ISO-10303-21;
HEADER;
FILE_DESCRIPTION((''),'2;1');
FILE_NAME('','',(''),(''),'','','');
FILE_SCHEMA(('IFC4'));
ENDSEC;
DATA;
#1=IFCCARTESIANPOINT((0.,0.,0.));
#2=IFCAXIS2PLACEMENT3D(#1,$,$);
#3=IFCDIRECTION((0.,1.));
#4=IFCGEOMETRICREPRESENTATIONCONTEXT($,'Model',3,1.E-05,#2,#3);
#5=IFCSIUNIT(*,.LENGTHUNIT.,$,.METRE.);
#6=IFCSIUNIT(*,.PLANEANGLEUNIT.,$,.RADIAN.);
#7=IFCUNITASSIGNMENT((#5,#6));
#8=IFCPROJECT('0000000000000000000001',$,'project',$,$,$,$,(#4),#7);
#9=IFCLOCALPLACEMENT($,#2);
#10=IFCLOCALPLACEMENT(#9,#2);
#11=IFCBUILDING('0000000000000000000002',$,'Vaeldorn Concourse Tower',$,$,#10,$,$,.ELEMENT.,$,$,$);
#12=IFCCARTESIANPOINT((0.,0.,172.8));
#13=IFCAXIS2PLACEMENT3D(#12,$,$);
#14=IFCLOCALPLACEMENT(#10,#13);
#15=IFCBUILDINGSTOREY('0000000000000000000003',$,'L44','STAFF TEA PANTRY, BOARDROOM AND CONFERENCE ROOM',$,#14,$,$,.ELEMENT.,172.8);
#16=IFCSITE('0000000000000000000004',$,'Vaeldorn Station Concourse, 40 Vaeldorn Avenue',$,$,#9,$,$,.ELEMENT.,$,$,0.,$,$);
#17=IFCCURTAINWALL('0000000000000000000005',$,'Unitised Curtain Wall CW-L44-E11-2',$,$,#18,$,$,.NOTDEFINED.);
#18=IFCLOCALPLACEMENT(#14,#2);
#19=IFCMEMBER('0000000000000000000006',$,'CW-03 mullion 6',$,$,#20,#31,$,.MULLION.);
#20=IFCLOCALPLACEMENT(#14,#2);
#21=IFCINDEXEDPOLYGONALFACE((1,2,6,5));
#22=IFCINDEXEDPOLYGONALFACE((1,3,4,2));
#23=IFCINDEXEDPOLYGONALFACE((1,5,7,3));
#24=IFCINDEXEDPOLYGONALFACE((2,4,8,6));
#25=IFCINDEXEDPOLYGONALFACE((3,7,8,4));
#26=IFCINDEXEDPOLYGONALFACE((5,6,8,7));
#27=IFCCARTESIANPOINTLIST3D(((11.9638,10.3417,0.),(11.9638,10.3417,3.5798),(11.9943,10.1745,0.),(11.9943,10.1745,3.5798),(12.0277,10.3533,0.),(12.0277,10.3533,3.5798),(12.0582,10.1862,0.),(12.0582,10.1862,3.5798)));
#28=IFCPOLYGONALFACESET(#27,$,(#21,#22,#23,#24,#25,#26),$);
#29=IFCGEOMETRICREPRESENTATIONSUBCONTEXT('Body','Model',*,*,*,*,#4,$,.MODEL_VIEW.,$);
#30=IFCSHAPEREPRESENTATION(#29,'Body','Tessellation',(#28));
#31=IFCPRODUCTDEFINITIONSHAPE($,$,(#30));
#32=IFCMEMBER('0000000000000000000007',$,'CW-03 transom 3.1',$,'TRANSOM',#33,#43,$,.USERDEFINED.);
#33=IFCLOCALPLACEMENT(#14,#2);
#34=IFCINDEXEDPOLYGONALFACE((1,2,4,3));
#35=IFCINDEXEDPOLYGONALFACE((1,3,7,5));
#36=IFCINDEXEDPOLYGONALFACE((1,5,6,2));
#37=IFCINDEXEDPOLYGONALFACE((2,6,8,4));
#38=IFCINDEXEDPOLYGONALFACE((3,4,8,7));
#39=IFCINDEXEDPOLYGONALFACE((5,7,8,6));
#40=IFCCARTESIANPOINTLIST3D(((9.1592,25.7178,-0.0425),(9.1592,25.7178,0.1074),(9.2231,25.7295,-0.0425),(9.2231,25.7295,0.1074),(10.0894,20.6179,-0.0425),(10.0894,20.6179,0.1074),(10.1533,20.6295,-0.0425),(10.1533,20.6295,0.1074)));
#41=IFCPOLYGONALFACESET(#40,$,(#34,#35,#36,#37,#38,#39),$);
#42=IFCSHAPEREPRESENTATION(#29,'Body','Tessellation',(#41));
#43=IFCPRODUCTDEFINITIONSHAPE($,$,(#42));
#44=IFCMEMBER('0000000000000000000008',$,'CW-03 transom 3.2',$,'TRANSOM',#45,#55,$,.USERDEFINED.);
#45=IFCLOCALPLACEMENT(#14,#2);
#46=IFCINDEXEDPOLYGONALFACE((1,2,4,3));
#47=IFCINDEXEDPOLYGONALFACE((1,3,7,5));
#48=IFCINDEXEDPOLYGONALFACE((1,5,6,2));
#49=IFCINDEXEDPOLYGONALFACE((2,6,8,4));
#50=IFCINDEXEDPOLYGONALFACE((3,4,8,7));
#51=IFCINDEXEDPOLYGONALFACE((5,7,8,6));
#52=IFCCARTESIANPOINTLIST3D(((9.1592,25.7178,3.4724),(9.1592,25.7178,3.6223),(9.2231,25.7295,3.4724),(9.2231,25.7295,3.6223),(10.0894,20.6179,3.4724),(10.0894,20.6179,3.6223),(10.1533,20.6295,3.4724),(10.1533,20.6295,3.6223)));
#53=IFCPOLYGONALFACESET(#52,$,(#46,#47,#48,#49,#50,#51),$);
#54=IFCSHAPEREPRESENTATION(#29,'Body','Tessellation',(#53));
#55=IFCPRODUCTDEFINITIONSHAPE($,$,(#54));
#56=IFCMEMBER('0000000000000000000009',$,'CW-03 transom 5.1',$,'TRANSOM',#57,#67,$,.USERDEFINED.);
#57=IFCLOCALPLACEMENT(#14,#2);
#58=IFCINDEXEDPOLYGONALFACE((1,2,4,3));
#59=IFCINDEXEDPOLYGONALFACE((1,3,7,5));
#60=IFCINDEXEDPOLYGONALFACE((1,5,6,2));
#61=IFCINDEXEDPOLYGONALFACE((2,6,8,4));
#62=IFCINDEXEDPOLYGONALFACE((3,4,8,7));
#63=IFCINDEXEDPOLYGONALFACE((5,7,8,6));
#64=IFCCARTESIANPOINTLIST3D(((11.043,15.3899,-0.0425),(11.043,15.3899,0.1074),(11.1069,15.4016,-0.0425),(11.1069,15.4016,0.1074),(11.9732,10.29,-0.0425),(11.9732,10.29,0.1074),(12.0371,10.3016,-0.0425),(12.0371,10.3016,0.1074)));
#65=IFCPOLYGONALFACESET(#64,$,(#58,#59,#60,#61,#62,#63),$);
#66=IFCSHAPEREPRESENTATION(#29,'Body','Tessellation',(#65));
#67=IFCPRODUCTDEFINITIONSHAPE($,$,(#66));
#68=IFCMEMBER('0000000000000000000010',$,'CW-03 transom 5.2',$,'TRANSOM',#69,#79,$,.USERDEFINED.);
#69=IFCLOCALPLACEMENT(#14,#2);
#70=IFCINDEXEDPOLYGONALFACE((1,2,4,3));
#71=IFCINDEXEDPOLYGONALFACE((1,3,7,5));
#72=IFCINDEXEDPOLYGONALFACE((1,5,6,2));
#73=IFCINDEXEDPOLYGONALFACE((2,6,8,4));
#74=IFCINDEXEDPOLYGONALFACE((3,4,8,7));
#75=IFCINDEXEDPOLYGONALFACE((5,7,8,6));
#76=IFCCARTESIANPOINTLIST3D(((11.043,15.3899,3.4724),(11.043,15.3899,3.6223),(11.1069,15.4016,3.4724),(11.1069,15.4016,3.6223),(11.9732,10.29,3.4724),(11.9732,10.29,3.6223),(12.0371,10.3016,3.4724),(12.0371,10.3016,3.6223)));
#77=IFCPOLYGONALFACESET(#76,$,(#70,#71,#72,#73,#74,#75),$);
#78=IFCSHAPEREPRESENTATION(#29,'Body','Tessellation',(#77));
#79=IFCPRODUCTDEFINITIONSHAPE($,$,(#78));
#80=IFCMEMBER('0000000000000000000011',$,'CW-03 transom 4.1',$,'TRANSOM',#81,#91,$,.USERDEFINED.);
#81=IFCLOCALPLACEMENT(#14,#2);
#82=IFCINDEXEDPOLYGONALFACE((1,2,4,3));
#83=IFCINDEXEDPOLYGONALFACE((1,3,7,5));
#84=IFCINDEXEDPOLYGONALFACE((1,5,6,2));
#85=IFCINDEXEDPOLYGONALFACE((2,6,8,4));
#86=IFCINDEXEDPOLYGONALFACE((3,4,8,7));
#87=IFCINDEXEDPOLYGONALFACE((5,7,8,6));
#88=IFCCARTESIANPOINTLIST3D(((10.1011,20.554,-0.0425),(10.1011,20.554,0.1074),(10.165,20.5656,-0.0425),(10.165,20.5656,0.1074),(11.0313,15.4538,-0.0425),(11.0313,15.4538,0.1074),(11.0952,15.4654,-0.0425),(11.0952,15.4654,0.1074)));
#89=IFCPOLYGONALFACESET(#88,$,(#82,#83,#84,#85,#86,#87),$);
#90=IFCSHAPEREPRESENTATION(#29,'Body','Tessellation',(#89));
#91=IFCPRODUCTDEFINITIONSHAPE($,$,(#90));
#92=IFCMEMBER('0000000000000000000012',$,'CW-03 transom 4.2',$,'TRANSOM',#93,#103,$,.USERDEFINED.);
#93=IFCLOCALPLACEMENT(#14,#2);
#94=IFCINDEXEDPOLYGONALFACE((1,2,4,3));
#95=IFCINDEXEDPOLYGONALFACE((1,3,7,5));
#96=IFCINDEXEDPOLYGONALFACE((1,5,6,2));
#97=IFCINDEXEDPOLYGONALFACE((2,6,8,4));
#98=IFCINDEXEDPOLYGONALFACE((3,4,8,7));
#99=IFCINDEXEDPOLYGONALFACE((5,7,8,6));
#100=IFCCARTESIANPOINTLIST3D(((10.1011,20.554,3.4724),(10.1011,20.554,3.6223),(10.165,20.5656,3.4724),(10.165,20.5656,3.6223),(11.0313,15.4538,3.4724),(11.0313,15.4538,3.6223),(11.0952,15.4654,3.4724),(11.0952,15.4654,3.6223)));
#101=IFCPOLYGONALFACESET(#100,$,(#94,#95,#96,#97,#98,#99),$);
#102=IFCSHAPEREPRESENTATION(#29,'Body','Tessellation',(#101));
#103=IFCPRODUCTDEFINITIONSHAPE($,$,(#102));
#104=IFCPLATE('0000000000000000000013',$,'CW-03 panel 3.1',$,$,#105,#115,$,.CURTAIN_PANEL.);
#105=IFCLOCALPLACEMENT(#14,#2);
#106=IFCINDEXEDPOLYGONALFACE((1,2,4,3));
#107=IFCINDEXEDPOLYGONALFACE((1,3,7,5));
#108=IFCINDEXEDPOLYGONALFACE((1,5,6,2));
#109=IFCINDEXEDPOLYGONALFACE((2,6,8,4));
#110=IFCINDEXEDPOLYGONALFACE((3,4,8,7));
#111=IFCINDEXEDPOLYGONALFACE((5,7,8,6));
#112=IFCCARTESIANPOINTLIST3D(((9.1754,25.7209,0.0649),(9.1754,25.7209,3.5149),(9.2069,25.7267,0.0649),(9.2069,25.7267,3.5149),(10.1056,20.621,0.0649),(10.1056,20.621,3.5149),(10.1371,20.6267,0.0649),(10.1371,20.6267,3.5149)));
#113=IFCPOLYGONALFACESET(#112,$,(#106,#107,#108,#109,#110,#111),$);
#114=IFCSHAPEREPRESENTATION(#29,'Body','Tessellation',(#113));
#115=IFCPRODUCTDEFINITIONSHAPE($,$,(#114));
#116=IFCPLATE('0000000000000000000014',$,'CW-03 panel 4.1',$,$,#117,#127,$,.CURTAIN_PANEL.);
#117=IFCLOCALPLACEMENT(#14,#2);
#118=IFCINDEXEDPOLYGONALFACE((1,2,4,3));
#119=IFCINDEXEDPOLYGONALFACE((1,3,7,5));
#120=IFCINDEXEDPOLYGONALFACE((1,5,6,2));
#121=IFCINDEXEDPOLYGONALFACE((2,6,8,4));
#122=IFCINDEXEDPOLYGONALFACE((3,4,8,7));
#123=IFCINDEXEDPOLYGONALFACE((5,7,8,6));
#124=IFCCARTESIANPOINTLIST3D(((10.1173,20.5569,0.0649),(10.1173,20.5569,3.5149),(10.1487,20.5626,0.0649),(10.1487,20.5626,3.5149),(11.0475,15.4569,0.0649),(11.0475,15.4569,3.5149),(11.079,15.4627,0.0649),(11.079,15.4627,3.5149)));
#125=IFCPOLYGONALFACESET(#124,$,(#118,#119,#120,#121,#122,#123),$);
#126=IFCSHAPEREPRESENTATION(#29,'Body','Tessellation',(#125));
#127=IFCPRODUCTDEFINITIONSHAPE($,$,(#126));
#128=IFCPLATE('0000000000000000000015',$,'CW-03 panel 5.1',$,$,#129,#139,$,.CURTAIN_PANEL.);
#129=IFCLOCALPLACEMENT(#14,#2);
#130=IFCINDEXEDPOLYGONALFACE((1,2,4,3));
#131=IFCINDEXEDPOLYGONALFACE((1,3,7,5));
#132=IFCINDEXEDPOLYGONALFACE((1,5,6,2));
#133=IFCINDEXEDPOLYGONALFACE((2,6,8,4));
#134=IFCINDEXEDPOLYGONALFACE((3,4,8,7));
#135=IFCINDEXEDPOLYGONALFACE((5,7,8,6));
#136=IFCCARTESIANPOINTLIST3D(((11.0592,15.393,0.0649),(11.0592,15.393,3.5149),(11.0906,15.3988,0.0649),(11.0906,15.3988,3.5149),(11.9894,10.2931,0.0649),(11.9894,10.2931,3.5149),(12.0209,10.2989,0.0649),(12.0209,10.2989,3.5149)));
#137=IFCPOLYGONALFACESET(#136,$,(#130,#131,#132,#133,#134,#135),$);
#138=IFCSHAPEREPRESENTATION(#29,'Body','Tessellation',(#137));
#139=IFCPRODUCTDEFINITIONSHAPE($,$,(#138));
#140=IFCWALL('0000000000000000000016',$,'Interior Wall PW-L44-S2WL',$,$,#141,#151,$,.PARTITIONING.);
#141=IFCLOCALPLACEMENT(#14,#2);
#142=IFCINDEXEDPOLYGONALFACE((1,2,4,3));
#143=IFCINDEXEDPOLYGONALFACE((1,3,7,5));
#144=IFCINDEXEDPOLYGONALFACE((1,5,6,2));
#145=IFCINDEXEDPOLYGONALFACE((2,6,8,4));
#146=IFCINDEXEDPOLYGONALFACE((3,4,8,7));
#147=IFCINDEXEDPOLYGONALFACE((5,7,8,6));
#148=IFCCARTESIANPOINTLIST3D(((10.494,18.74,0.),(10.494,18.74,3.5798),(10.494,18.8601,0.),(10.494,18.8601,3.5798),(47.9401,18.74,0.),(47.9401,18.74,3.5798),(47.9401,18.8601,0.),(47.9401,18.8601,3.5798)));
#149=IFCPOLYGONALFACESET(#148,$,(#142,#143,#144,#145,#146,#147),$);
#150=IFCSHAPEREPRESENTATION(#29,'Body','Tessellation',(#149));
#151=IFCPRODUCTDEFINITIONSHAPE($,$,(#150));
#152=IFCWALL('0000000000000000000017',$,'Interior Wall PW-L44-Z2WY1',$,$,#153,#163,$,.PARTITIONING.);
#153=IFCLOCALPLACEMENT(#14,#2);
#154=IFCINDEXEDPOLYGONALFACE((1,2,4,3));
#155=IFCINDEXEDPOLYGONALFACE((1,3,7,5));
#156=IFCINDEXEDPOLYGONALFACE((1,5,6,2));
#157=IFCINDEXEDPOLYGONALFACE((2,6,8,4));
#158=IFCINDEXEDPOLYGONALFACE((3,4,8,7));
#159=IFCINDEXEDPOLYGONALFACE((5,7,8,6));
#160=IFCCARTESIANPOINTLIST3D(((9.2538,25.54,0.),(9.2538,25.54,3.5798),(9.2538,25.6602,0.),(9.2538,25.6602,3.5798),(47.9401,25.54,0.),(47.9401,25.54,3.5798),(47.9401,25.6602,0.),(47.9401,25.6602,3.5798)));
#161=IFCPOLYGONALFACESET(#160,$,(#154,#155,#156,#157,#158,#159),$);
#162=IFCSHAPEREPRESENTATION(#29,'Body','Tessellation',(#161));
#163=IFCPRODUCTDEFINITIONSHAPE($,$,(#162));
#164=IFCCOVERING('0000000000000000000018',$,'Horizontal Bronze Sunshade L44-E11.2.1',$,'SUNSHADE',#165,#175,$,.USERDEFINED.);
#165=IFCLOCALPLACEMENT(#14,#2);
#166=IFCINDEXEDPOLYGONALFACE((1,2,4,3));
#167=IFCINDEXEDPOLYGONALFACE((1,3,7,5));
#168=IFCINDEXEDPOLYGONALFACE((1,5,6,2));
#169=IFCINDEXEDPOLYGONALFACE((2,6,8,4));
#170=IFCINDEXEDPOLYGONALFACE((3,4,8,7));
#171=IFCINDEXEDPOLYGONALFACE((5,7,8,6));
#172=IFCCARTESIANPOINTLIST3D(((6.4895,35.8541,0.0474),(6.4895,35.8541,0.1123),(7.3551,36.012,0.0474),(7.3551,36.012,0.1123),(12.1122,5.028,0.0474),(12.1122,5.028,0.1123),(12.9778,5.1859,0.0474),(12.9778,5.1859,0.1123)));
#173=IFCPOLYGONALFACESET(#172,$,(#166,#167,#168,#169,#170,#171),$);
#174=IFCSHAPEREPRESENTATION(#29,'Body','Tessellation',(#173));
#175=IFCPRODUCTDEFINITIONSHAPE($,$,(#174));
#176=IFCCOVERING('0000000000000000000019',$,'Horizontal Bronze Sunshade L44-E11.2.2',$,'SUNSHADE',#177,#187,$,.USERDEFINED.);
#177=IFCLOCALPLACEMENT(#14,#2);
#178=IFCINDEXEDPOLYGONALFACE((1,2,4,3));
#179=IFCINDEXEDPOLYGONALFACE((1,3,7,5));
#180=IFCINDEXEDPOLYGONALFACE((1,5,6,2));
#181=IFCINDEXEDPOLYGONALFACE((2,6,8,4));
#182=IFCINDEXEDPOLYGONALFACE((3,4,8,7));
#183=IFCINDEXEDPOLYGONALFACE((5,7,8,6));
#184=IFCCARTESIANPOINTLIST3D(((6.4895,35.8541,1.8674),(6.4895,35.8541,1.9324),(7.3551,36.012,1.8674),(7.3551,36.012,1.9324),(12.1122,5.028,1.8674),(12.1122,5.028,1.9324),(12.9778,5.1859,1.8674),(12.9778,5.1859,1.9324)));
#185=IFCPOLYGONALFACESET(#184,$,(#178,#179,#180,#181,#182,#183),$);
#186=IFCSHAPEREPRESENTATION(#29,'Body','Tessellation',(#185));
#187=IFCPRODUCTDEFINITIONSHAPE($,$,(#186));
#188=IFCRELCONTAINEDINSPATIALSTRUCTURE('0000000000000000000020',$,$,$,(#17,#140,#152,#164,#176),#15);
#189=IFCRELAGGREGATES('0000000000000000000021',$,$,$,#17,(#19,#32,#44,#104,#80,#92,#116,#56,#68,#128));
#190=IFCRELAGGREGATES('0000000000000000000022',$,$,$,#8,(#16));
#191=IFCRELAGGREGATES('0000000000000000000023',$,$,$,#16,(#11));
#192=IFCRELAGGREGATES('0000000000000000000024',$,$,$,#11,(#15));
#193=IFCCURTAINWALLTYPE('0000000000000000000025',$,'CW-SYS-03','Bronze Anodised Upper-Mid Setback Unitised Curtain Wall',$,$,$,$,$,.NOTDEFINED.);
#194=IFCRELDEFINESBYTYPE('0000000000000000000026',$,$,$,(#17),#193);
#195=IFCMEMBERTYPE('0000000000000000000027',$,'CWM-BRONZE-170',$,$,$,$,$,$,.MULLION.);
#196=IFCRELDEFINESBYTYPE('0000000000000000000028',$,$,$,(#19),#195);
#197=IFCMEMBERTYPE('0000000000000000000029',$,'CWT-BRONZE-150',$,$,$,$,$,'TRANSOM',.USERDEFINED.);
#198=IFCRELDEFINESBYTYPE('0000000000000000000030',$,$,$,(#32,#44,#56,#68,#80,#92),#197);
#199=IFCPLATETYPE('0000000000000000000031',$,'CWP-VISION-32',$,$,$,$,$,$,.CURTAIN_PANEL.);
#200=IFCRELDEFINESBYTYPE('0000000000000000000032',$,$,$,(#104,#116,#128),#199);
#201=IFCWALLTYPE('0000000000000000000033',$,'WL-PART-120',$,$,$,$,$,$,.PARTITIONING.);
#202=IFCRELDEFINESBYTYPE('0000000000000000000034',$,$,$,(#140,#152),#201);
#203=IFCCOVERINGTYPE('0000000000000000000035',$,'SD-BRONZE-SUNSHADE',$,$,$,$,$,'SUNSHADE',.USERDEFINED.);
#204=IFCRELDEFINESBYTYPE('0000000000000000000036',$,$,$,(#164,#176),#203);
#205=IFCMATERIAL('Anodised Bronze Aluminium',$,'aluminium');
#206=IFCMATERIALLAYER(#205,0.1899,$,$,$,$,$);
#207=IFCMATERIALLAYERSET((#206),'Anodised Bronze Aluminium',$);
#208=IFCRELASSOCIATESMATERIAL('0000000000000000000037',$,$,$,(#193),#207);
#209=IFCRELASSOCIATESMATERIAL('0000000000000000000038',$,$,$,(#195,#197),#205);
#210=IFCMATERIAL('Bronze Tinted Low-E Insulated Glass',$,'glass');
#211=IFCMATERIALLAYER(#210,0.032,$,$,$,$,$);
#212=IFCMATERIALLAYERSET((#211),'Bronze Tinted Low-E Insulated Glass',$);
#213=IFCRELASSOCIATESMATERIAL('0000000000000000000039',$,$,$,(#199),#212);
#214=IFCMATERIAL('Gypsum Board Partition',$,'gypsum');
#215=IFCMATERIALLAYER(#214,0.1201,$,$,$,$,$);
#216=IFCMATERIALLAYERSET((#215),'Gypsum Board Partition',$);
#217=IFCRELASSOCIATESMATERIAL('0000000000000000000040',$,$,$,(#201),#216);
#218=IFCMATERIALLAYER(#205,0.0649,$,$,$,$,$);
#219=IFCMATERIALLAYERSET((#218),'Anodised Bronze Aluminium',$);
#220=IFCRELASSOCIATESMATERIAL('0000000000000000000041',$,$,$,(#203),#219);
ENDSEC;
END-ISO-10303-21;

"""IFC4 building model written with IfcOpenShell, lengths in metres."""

from ifc_helpers import new_model, si_unit, direction, frame, frame_2d, origin, origin_2d, place, context, subcontext, project, spatial, rectangle, extrude, source, transform, mapped, material, layer, layer_set, material_profile, profile_set, type_object, element, aggregate, save


model = new_model("IFC4")

# Units and contexts
model_context = context("Model", 3, precision=1e-05, world=origin(), true_north=direction((0.0, 1.0)))
body_context = subcontext(model_context, "Body", "Model", "MODEL_VIEW")
ifc_project = project(units=[si_unit("LENGTHUNIT", "METRE"), si_unit("PLANEANGLEUNIT", "RADIAN")], contexts=[model_context])

# Site, building, storey
site_placement = place(None, origin())
site = spatial("IfcSite", under=ifc_project, at=site_placement, Name="Vaeldorn Station Concourse, 40 Vaeldorn Avenue", CompositionType="ELEMENT", RefElevation=0.0)
building_placement = place(site_placement, origin())
building = spatial("IfcBuilding", under=site, at=building_placement, Name="Vaeldorn Concourse Tower", CompositionType="ELEMENT")
storey_placement = place(building_placement, frame((0.0, 0.0, 172.8)))
storey = spatial("IfcBuildingStorey", under=building, at=storey_placement, Name="L44", Description="STAFF TEA PANTRY, BOARDROOM AND CONFERENCE ROOM", CompositionType="ELEMENT", Elevation=172.8)

# Curtain wall, members, plates
ifc_material_1 = material(Name="Anodised Bronze Aluminium", Category="aluminium")
ifc_layer_1 = layer(ifc_material_1, 0.1899)
ifc_layer_set_1 = layer_set([ifc_layer_1], Name="Anodised Bronze Aluminium")
curtain_wall_type = type_object("IfcCurtainWallType", Name="CW-SYS-03", Description="Bronze Anodised Upper-Mid Setback Unitised Curtain Wall", PredefinedType="NOTDEFINED", material=ifc_layer_set_1)
curtain_wall_placement = place(storey_placement, origin())
curtain_wall = element("IfcCurtainWall", 1, at=curtain_wall_placement, inside=storey, type_object=curtain_wall_type, Name="Unitised Curtain Wall CW-L44-E11-2", PredefinedType="NOTDEFINED")
ifc_material_profile_1 = material_profile(ifc_material_1, rectangle(XDim=0.0649, YDim=0.1699, at=origin_2d()), Name="CWM 65x170")
ifc_profile_set_1 = profile_set([ifc_material_profile_1], Name="Anodised Bronze Aluminium")
member_type_1 = type_object("IfcMemberType", Name="CWM-BRONZE-170", PredefinedType="MULLION", material=ifc_profile_set_1)
shared_shape_1 = source(origin(), body_context, "Body", "SweptSolid", [
    extrude(rectangle(XDim=0.0649, YDim=0.1699, at=origin_2d()), origin(), (0.0, 0.0, 1.0), 3.5798),
])
member_1_placement = place(storey_placement, frame((12.011, 10.2639, 0.0), z_axis=(0.0, 0.0, 1.0), x_axis=(0.983768, 0.179446, 0.0)))
member_1 = element("IfcMember", 2, at=member_1_placement, type_object=member_type_1, Name="CW-03 mullion 6", PredefinedType="MULLION", context=body_context, shape_type="MappedRepresentation", body=[
    mapped(shared_shape_1, transform((0.0, 0.0, 0.0), scale=1.0)),
])
ifc_material_profile_2 = material_profile(ifc_material_1, rectangle(XDim=0.0649, YDim=0.1499, at=origin_2d()), Name="CWT 65x150")
ifc_profile_set_2 = profile_set([ifc_material_profile_2], Name="Anodised Bronze Aluminium")
member_type_2 = type_object("IfcMemberType", Name="CWT-BRONZE-150", ElementType="TRANSOM", PredefinedType="USERDEFINED", material=ifc_profile_set_2)
shared_shape_2 = source(origin(), body_context, "Body", "SweptSolid", [
    extrude(rectangle(XDim=0.0649, YDim=0.1499, at=origin_2d()), origin(), (0.0, 0.0, 1.0), 5.1841),
])
member_2_placement = place(storey_placement, frame((9.1912, 25.7236, 0.0325), z_axis=(0.179432, -0.98377, 0.0), x_axis=(0.98377, 0.179432, 0.0)))
member_2 = element("IfcMember", 3, at=member_2_placement, type_object=member_type_2, Name="CW-03 transom 3.1", ObjectType="TRANSOM", PredefinedType="USERDEFINED", context=body_context, shape_type="MappedRepresentation", body=[
    mapped(shared_shape_2, transform((0.0, 0.0, 0.0), scale=1.0)),
])
member_3_placement = place(storey_placement, frame((9.1912, 25.7236, 3.5474), z_axis=(0.179432, -0.98377, 0.0), x_axis=(0.98377, 0.179432, 0.0)))
member_3 = element("IfcMember", 4, at=member_3_placement, type_object=member_type_2, Name="CW-03 transom 3.2", ObjectType="TRANSOM", PredefinedType="USERDEFINED", context=body_context, shape_type="MappedRepresentation", body=[
    mapped(shared_shape_2, transform((0.0, 0.0, 0.0), scale=1.0)),
])
member_4_placement = place(storey_placement, frame((11.075, 15.3958, 0.0325), z_axis=(0.179432, -0.98377, 0.0), x_axis=(0.98377, 0.179432, 0.0)))
member_4 = element("IfcMember", 5, at=member_4_placement, type_object=member_type_2, Name="CW-03 transom 5.1", ObjectType="TRANSOM", PredefinedType="USERDEFINED", context=body_context, shape_type="MappedRepresentation", body=[
    mapped(shared_shape_2, transform((0.0, 0.0, 0.0), scale=1.0)),
])
member_5_placement = place(storey_placement, frame((11.075, 15.3958, 3.5474), z_axis=(0.179432, -0.98377, 0.0), x_axis=(0.98377, 0.179432, 0.0)))
member_5 = element("IfcMember", 6, at=member_5_placement, type_object=member_type_2, Name="CW-03 transom 5.2", ObjectType="TRANSOM", PredefinedType="USERDEFINED", context=body_context, shape_type="MappedRepresentation", body=[
    mapped(shared_shape_2, transform((0.0, 0.0, 0.0), scale=1.0)),
])
shared_shape_3 = source(origin(), body_context, "Body", "SweptSolid", [
    extrude(rectangle(XDim=0.0649, YDim=0.1499, at=origin_2d()), origin(), (0.0, 0.0, 1.0), 5.1843),
])
member_6_placement = place(storey_placement, frame((10.1331, 20.5598, 0.0325), z_axis=(0.179424, -0.983772, 0.0), x_axis=(0.983772, 0.179424, 0.0)))
member_6 = element("IfcMember", 7, at=member_6_placement, type_object=member_type_2, Name="CW-03 transom 4.1", ObjectType="TRANSOM", PredefinedType="USERDEFINED", context=body_context, shape_type="MappedRepresentation", body=[
    mapped(shared_shape_3, transform((0.0, 0.0, 0.0), scale=1.0)),
])
member_7_placement = place(storey_placement, frame((10.1331, 20.5598, 3.5474), z_axis=(0.179424, -0.983772, 0.0), x_axis=(0.983772, 0.179424, 0.0)))
member_7 = element("IfcMember", 8, at=member_7_placement, type_object=member_type_2, Name="CW-03 transom 4.2", ObjectType="TRANSOM", PredefinedType="USERDEFINED", context=body_context, shape_type="MappedRepresentation", body=[
    mapped(shared_shape_3, transform((0.0, 0.0, 0.0), scale=1.0)),
])
ifc_material_2 = material(Name="Bronze Tinted Low-E Insulated Glass", Category="glass")
ifc_layer_2 = layer(ifc_material_2, 0.032)
ifc_layer_set_2 = layer_set([ifc_layer_2], Name="Bronze Tinted Low-E Insulated Glass")
plate_type = type_object("IfcPlateType", Name="CWP-VISION-32", PredefinedType="CURTAIN_PANEL", material=ifc_layer_set_2)
shared_shape_4 = source(origin(), body_context, "Body", "SweptSolid", [
    extrude(rectangle(XDim=5.1841, YDim=0.032, at=origin_2d()), origin(), (0.0, 0.0, 1.0), 3.45),
])
plate_1_placement = place(storey_placement, frame((9.6562, 23.1738, 0.0649), z_axis=(0.0, 0.0, 1.0), x_axis=(0.179446, -0.983768, 0.0)))
plate_1 = element("IfcPlate", 9, at=plate_1_placement, type_object=plate_type, Name="CW-03 panel 3.1", PredefinedType="CURTAIN_PANEL", context=body_context, shape_type="MappedRepresentation", body=[
    mapped(shared_shape_4, transform((0.0, 0.0, 0.0), scale=1.0)),
])
plate_2_placement = place(storey_placement, frame((10.5981, 18.0098, 0.0649), z_axis=(0.0, 0.0, 1.0), x_axis=(0.179446, -0.983768, 0.0)))
plate_2 = element("IfcPlate", 10, at=plate_2_placement, type_object=plate_type, Name="CW-03 panel 4.1", PredefinedType="CURTAIN_PANEL", context=body_context, shape_type="MappedRepresentation", body=[
    mapped(shared_shape_4, transform((0.0, 0.0, 0.0), scale=1.0)),
])
plate_3_placement = place(storey_placement, frame((11.54, 12.8459, 0.0649), z_axis=(0.0, 0.0, 1.0), x_axis=(0.179446, -0.983768, 0.0)))
plate_3 = element("IfcPlate", 11, at=plate_3_placement, type_object=plate_type, Name="CW-03 panel 5.1", PredefinedType="CURTAIN_PANEL", context=body_context, shape_type="MappedRepresentation", body=[
    mapped(shared_shape_4, transform((0.0, 0.0, 0.0), scale=1.0)),
])
aggregate(curtain_wall, [member_1, member_2, member_3, plate_1, member_6, member_7, plate_2, member_4, member_5, plate_3])

# Walls
ifc_material_3 = material(Name="Gypsum Board Partition", Category="gypsum")
ifc_layer_3 = layer(ifc_material_3, 0.1201)
ifc_layer_set_3 = layer_set([ifc_layer_3], Name="Gypsum Board Partition")
wall_type = type_object("IfcWallType", Name="WL-PART-120", PredefinedType="PARTITIONING", material=ifc_layer_set_3)
wall_1_placement = place(storey_placement, frame((10.4939, 18.8, 0.0), z_axis=(0.0, 0.0, 1.0), x_axis=(1.0, 0.0, 0.0)))
element("IfcWall", 12, at=wall_1_placement, inside=storey, type_object=wall_type, Name="Interior Wall PW-L44-S2WL", PredefinedType="PARTITIONING", context=body_context, shape_type="SweptSolid", body=[
    extrude(rectangle(XDim=37.446, YDim=0.1201, at=frame_2d((18.7231, 0.0))), origin(), (0.0, 0.0, 1.0), 3.5798),
])
wall_2_placement = place(storey_placement, frame((9.2537, 25.6001, 0.0), z_axis=(0.0, 0.0, 1.0), x_axis=(1.0, 0.0, 0.0)))
element("IfcWall", 13, at=wall_2_placement, inside=storey, type_object=wall_type, Name="Interior Wall PW-L44-Z2WY1", PredefinedType="PARTITIONING", context=body_context, shape_type="SweptSolid", body=[
    extrude(rectangle(XDim=38.6863, YDim=0.1201, at=frame_2d((19.3433, 0.0))), origin(), (0.0, 0.0, 1.0), 3.5798),
])

# Coverings
ifc_layer_4 = layer(ifc_material_1, 0.0649)
ifc_layer_set_4 = layer_set([ifc_layer_4], Name="Anodised Bronze Aluminium")
covering_type = type_object("IfcCoveringType", Name="SD-BRONZE-SUNSHADE", ElementType="SUNSHADE", PredefinedType="USERDEFINED", material=ifc_layer_set_4)
shared_shape_5 = source(origin(), body_context, "Body", "SweptSolid", [
    extrude(rectangle(XDim=31.3347, YDim=0.8799, at=origin_2d()), origin(), (0.0, 0.0, 1.0), 0.0649),
])
for number, where, z_axis, x_axis, name in (
    (14, (9.7336, 20.52, 0.0474), (0.0, 0.0, 1.0), (0.179438, -0.983769, 0.0), "Horizontal Bronze Sunshade L44-E11.2.1"),
    (15, (9.7336, 20.52, 1.8674), (0.0, 0.0, 1.0), (0.179438, -0.983769, 0.0), "Horizontal Bronze Sunshade L44-E11.2.2"),
):
    element("IfcCovering", number, at=place(storey_placement, frame(where, z_axis=z_axis, x_axis=x_axis)), inside=storey, type_object=covering_type, Name=name, ObjectType="SUNSHADE", PredefinedType="USERDEFINED", context=body_context, shape_type="MappedRepresentation", body=[
        mapped(shared_shape_5, transform((0.0, 0.0, 0.0), scale=1.0)),
    ])

save(model, "model.ifc")
